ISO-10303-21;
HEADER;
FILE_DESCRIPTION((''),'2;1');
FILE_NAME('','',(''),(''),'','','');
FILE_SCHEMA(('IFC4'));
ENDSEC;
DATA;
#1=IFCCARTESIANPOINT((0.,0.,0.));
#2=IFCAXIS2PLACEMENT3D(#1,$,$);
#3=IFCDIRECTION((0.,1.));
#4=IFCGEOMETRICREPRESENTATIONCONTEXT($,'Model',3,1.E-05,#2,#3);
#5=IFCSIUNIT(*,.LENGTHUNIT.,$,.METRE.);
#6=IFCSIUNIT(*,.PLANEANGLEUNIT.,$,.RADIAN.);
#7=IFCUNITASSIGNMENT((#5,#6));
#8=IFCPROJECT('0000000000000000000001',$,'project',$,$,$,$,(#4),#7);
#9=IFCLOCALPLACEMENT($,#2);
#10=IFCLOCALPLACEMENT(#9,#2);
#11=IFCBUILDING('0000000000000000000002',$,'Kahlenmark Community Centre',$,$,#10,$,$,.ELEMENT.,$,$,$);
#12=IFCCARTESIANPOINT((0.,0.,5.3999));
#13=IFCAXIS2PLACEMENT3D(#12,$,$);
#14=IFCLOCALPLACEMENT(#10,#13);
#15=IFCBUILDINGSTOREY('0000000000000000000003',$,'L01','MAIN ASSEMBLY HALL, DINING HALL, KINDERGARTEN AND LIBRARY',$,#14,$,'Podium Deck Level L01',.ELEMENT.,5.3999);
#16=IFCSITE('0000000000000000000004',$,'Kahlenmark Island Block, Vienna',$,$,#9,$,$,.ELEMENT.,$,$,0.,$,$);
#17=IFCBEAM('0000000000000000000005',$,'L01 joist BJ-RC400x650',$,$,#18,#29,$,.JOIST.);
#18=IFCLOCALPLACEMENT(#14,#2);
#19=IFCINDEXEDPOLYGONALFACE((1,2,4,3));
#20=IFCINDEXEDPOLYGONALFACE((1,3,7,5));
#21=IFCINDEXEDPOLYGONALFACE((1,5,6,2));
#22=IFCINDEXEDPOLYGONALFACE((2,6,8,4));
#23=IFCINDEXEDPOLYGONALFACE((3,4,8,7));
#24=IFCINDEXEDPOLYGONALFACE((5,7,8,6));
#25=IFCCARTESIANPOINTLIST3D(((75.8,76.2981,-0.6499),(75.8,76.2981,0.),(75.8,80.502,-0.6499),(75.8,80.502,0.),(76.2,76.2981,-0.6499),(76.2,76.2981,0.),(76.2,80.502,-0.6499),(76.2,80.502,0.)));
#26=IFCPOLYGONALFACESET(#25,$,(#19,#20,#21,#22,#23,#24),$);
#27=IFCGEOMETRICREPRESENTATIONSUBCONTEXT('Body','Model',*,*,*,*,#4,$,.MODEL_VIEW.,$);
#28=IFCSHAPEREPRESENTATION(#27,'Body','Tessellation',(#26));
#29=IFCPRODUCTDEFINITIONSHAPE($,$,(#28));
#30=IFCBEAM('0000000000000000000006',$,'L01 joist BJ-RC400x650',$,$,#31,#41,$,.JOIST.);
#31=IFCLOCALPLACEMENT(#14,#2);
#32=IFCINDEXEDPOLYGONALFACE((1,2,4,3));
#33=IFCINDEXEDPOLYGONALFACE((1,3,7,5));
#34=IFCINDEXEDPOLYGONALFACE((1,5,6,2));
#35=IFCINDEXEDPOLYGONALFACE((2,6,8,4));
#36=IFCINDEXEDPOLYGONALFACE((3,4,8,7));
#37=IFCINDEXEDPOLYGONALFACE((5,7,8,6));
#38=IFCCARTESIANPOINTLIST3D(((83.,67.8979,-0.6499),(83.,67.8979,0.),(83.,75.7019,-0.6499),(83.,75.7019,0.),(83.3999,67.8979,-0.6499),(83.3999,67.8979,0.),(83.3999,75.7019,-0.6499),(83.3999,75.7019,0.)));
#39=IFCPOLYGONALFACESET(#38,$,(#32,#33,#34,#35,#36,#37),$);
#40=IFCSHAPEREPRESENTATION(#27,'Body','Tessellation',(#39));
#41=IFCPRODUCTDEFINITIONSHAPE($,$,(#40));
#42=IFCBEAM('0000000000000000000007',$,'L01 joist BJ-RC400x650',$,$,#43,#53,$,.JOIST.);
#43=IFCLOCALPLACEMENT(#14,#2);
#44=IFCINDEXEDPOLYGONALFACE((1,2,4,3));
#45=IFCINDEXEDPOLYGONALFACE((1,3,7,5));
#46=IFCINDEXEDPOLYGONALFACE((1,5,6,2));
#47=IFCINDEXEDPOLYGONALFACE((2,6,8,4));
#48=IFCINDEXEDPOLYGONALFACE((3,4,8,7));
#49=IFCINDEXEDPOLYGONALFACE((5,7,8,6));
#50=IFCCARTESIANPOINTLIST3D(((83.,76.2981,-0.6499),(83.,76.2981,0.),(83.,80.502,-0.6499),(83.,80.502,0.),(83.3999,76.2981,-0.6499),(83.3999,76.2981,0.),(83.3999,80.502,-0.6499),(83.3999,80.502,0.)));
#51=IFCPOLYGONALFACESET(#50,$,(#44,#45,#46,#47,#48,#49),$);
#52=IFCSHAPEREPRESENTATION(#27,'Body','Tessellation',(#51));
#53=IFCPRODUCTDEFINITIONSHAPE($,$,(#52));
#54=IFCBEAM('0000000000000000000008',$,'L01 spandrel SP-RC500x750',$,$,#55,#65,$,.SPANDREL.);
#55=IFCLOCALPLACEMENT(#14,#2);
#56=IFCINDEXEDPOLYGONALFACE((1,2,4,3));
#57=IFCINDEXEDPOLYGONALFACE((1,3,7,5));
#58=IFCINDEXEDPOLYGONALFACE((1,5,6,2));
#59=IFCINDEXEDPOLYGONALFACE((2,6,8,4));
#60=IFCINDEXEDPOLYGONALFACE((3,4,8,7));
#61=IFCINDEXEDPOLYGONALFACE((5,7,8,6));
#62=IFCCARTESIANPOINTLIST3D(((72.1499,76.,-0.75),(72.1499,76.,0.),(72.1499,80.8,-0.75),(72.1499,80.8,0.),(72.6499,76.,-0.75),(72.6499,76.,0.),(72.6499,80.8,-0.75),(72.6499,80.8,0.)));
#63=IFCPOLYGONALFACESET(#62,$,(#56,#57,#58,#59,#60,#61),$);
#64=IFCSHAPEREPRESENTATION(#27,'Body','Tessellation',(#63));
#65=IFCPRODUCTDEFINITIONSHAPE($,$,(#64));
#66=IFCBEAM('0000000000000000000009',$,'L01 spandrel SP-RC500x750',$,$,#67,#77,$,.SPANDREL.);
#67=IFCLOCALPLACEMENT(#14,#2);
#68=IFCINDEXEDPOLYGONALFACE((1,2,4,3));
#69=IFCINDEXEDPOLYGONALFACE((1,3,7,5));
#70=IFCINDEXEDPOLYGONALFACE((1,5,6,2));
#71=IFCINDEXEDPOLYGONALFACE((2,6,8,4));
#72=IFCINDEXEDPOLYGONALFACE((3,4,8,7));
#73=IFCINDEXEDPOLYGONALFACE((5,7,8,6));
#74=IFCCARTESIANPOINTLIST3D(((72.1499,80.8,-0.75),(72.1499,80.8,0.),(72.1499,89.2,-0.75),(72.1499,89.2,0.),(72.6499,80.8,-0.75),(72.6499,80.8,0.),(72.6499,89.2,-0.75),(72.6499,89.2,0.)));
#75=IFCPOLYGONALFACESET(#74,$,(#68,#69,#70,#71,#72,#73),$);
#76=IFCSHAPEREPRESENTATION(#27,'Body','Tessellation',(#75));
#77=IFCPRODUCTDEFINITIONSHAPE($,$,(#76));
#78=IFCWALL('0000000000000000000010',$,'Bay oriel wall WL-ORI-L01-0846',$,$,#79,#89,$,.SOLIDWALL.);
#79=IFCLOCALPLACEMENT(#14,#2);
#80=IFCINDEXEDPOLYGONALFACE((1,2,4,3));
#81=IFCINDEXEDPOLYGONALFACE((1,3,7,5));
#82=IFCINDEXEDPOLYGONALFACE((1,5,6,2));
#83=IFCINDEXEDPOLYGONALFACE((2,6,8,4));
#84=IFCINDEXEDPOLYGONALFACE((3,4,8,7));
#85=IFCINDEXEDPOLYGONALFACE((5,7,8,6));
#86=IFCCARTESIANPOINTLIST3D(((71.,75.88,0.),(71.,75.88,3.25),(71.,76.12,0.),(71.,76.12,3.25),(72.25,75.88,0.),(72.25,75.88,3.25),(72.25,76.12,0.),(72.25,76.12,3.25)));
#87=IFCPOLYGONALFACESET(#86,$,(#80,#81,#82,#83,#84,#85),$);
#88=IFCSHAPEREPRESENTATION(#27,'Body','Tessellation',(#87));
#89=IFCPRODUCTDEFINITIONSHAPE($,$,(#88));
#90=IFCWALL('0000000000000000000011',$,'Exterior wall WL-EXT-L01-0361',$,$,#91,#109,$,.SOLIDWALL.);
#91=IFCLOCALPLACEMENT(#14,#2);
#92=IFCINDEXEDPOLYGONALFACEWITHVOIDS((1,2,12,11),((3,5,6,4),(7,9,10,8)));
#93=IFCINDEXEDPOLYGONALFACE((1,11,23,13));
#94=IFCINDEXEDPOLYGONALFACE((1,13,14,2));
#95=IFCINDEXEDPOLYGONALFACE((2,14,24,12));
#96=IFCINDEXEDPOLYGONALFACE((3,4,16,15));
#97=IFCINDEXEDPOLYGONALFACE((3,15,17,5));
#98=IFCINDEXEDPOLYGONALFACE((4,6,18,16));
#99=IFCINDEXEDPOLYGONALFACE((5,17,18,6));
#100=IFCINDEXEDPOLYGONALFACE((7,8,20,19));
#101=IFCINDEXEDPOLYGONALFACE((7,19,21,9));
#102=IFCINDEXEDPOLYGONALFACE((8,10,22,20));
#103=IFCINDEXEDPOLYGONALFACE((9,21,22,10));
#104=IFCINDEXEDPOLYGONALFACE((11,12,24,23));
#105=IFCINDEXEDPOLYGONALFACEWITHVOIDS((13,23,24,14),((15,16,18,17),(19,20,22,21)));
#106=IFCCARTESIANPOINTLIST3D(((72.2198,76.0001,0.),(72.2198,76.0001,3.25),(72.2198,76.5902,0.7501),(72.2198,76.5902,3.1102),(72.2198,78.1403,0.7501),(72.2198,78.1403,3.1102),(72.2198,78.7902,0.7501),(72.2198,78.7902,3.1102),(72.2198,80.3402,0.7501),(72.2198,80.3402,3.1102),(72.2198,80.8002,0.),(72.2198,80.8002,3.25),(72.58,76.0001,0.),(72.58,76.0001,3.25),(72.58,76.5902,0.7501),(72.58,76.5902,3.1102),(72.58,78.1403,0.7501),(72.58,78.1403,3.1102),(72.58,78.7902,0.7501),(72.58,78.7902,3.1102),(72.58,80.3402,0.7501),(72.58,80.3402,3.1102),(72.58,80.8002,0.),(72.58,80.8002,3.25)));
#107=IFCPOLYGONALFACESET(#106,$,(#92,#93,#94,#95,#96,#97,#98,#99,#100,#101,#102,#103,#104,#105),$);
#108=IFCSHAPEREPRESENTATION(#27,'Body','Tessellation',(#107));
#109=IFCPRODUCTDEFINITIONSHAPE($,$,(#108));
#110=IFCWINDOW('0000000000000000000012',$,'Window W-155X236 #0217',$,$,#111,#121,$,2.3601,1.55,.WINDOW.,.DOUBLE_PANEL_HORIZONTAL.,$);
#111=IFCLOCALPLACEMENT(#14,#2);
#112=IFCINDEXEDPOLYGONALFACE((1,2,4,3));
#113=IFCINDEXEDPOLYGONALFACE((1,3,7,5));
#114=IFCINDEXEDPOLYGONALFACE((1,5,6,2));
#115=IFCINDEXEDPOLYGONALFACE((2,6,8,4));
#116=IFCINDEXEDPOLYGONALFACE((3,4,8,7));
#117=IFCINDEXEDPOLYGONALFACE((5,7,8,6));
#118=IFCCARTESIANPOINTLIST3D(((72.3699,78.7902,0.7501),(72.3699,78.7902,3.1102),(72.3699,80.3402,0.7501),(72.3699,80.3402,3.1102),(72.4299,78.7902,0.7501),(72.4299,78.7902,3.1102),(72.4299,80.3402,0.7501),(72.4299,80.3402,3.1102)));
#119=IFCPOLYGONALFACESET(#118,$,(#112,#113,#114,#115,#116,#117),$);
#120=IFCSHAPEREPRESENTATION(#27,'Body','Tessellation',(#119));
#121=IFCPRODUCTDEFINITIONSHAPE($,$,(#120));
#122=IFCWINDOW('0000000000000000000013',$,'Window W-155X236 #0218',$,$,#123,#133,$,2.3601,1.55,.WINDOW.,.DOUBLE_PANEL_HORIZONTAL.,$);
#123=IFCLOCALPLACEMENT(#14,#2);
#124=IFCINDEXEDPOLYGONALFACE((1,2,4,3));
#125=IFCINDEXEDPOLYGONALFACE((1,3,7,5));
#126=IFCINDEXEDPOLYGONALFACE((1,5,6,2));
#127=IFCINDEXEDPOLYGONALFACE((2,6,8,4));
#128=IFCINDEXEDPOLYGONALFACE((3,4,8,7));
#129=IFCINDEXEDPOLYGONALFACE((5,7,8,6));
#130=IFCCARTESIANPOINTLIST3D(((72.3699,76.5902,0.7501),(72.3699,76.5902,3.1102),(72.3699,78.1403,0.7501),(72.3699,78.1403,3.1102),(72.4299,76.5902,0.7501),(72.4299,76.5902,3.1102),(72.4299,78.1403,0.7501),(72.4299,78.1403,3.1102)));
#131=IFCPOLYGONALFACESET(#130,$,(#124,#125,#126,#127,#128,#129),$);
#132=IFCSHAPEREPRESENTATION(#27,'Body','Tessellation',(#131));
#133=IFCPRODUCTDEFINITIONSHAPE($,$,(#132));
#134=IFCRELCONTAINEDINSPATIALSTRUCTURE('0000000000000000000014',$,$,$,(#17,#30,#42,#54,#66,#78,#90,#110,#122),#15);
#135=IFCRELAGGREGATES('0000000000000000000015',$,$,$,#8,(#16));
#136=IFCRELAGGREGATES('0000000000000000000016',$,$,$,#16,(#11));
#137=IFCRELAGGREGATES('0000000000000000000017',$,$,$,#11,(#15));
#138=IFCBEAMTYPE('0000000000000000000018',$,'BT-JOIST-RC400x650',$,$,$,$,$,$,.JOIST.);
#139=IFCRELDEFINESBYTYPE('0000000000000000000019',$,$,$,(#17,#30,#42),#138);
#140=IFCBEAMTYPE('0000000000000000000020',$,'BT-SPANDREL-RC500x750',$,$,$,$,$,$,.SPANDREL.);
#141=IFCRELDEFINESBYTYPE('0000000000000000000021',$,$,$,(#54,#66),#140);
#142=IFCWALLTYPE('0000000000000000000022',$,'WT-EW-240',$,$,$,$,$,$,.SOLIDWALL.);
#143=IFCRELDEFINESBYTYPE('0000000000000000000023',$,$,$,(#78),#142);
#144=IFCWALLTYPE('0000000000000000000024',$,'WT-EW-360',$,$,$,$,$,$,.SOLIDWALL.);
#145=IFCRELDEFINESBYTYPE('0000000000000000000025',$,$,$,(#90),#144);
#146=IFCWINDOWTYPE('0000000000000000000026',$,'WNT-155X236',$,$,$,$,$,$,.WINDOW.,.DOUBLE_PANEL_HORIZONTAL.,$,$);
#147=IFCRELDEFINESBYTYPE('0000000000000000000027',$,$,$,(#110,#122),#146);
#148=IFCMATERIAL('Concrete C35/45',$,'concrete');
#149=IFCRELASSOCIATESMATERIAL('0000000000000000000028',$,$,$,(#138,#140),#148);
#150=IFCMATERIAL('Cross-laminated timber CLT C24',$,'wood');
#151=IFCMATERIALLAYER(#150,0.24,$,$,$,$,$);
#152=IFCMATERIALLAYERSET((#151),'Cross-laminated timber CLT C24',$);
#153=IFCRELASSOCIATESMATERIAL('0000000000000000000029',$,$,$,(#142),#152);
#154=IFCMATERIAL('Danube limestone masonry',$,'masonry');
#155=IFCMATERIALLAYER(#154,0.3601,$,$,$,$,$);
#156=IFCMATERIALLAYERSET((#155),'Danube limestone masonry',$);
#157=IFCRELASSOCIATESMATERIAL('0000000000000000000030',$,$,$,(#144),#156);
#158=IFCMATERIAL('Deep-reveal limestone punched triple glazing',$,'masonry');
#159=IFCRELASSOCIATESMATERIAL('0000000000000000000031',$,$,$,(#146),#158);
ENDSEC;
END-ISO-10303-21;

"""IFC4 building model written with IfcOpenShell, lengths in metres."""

from ifc_helpers import new_model, si_unit, direction, frame, frame_2d, origin, origin_2d, place, context, subcontext, project, spatial, rectangle, extrude, material, layer, layer_set, material_profile, profile_set, type_object, element, fill, save


model = new_model("IFC4")

# Units and contexts
model_context = context("Model", 3, precision=1e-05, world=origin(), true_north=direction((0.0, 1.0)))
body_context = subcontext(model_context, "Body", "Model", "MODEL_VIEW")
ifc_project = project(units=[si_unit("LENGTHUNIT", "METRE"), si_unit("PLANEANGLEUNIT", "RADIAN")], contexts=[model_context])

# Site, building, storey
site_placement = place(None, origin())
site = spatial("IfcSite", under=ifc_project, at=site_placement, Name="Kahlenmark Island Block, Vienna", CompositionType="ELEMENT", RefElevation=0.0)
building_placement = place(site_placement, origin())
building = spatial("IfcBuilding", under=site, at=building_placement, Name="Kahlenmark Community Centre", CompositionType="ELEMENT")
storey_placement = place(building_placement, frame((0.0, 0.0, 5.3999)))
storey = spatial("IfcBuildingStorey", under=building, at=storey_placement, Name="L01", Description="MAIN ASSEMBLY HALL, DINING HALL, KINDERGARTEN AND LIBRARY", LongName="Podium Deck Level L01", CompositionType="ELEMENT", Elevation=5.3999)

# Beams
ifc_material_1 = material(Name="Concrete C35/45", Category="concrete")
ifc_material_profile_1 = material_profile(ifc_material_1, rectangle(XDim=0.3999, YDim=0.6499, at=origin_2d()), Name="RC 400x650")
ifc_profile_set_1 = profile_set([ifc_material_profile_1], Name="Concrete C35/45")
beam_type_1 = type_object("IfcBeamType", Name="BT-JOIST-RC400x650", PredefinedType="JOIST", material=ifc_profile_set_1)
beam_1_placement = place(storey_placement, frame((76.0, 76.2981, -0.325), z_axis=(0.0, 1.0, 0.0), x_axis=(-1.0, 0.0, 0.0)))
element("IfcBeam", 1, at=beam_1_placement, inside=storey, type_object=beam_type_1, Name="L01 joist BJ-RC400x650", PredefinedType="JOIST", context=body_context, shape_type="SweptSolid", body=[
    extrude(rectangle(XDim=0.3999, YDim=0.6499, at=origin_2d()), origin(), (0.0, 0.0, 1.0), 4.2039),
])
beam_2_placement = place(storey_placement, frame((83.2, 67.8979, -0.325), z_axis=(0.0, 1.0, 0.0), x_axis=(-1.0, 0.0, 0.0)))
element("IfcBeam", 2, at=beam_2_placement, inside=storey, type_object=beam_type_1, Name="L01 joist BJ-RC400x650", PredefinedType="JOIST", context=body_context, shape_type="SweptSolid", body=[
    extrude(rectangle(XDim=0.3999, YDim=0.6499, at=origin_2d()), origin(), (0.0, 0.0, 1.0), 7.804),
])
beam_3_placement = place(storey_placement, frame((83.2, 76.2981, -0.325), z_axis=(0.0, 1.0, 0.0), x_axis=(-1.0, 0.0, 0.0)))
element("IfcBeam", 3, at=beam_3_placement, inside=storey, type_object=beam_type_1, Name="L01 joist BJ-RC400x650", PredefinedType="JOIST", context=body_context, shape_type="SweptSolid", body=[
    extrude(rectangle(XDim=0.3999, YDim=0.6499, at=origin_2d()), origin(), (0.0, 0.0, 1.0), 4.2039),
])
ifc_material_profile_2 = material_profile(ifc_material_1, rectangle(XDim=0.5, YDim=0.75, at=origin_2d()), Name="RC 500x750")
ifc_profile_set_2 = profile_set([ifc_material_profile_2], Name="Concrete C35/45")
beam_type_2 = type_object("IfcBeamType", Name="BT-SPANDREL-RC500x750", PredefinedType="SPANDREL", material=ifc_profile_set_2)
beam_4_placement = place(storey_placement, frame((72.3999, 76.0, -0.375), z_axis=(0.0, 1.0, 0.0), x_axis=(-1.0, 0.0, 0.0)))
element("IfcBeam", 4, at=beam_4_placement, inside=storey, type_object=beam_type_2, Name="L01 spandrel SP-RC500x750", PredefinedType="SPANDREL", context=body_context, shape_type="SweptSolid", body=[
    extrude(rectangle(XDim=0.5, YDim=0.75, at=origin_2d()), origin(), (0.0, 0.0, 1.0), 4.8),
])
beam_5_placement = place(storey_placement, frame((72.3999, 80.8, -0.375), z_axis=(0.0, 1.0, 0.0), x_axis=(-1.0, 0.0, 0.0)))
element("IfcBeam", 5, at=beam_5_placement, inside=storey, type_object=beam_type_2, Name="L01 spandrel SP-RC500x750", PredefinedType="SPANDREL", context=body_context, shape_type="SweptSolid", body=[
    extrude(rectangle(XDim=0.5, YDim=0.75, at=origin_2d()), origin(), (0.0, 0.0, 1.0), 8.3999),
])

# Wall
ifc_material_2 = material(Name="Cross-laminated timber CLT C24", Category="wood")
ifc_layer_1 = layer(ifc_material_2, 0.24)
ifc_layer_set_1 = layer_set([ifc_layer_1], Name="Cross-laminated timber CLT C24")
wall_type_1 = type_object("IfcWallType", Name="WT-EW-240", PredefinedType="SOLIDWALL", material=ifc_layer_set_1)
wall_1_placement = place(storey_placement, frame((71.0, 76.0, 0.0), z_axis=(0.0, 0.0, 1.0), x_axis=(1.0, 0.0, 0.0)))
element("IfcWall", 6, at=wall_1_placement, inside=storey, type_object=wall_type_1, Name="Bay oriel wall WL-ORI-L01-0846", PredefinedType="SOLIDWALL", context=body_context, shape_type="SweptSolid", body=[
    extrude(rectangle(XDim=1.25, YDim=0.24, at=frame_2d((0.625, 0.0))), origin(), (0.0, 0.0, 1.0), 3.25),
])

# Wall, openings, windows
ifc_material_3 = material(Name="Danube limestone masonry", Category="masonry")
ifc_layer_2 = layer(ifc_material_3, 0.3601)
ifc_layer_set_2 = layer_set([ifc_layer_2], Name="Danube limestone masonry")
wall_type_2 = type_object("IfcWallType", Name="WT-EW-360", PredefinedType="SOLIDWALL", material=ifc_layer_set_2)
wall_2_placement = place(storey_placement, frame((72.3999, 80.8, 0.0), z_axis=(0.0, 0.0, 1.0), x_axis=(0.0, -1.0, 0.0)))
wall_2 = element("IfcWall", 7, at=wall_2_placement, inside=storey, type_object=wall_type_2, Name="Exterior wall WL-EXT-L01-0361", PredefinedType="SOLIDWALL", context=body_context, shape_type="SweptSolid", body=[
    extrude(rectangle(XDim=4.8, YDim=0.3601, at=frame_2d((2.3999, 0.0))), origin(), (0.0, 0.0, 1.0), 3.25),
])
opening_1_placement = place(wall_2_placement, frame((0.46, 0.0, 0.75)))
opening_1 = element("IfcOpeningElement", 8, at=opening_1_placement, cuts=wall_2, PredefinedType="OPENING", context=body_context, shape_type="SweptSolid", body=[
    extrude(rectangle(XDim=1.55, YDim=2.3601, at=frame_2d((0.7749, 1.1802))), frame((0.0, 0.1899, 0.0), z_axis=(0.0, -1.0, 0.0), x_axis=(1.0, 0.0, 0.0)), (0.0, 0.0, 1.0), 0.3801),
])
opening_2_placement = place(wall_2_placement, frame((2.6599, 0.0, 0.75)))
opening_2 = element("IfcOpeningElement", 9, at=opening_2_placement, cuts=wall_2, PredefinedType="OPENING", context=body_context, shape_type="SweptSolid", body=[
    extrude(rectangle(XDim=1.55, YDim=2.3601, at=frame_2d((0.7749, 1.1802))), frame((0.0, 0.1899, 0.0), z_axis=(0.0, -1.0, 0.0), x_axis=(1.0, 0.0, 0.0)), (0.0, 0.0, 1.0), 0.3801),
])
ifc_material_4 = material(Name="Deep-reveal limestone punched triple glazing", Category="masonry")
window_type = type_object("IfcWindowType", Name="WNT-155X236", PartitioningType="DOUBLE_PANEL_HORIZONTAL", PredefinedType="WINDOW", material=ifc_material_4)
window_1_placement = place(opening_1_placement, origin())
window_1 = element("IfcWindow", 10, at=window_1_placement, inside=storey, type_object=window_type, Name="Window W-155X236 #0217", OverallHeight=2.3601, OverallWidth=1.55, PartitioningType="DOUBLE_PANEL_HORIZONTAL", PredefinedType="WINDOW", context=body_context, shape_type="SweptSolid", body=[
    extrude(rectangle(XDim=1.55, YDim=2.3601, at=frame_2d((0.7749, 1.1802))), frame((0.0, 0.03, 0.0), z_axis=(0.0, -1.0, 0.0), x_axis=(1.0, 0.0, 0.0)), (0.0, 0.0, 1.0), 0.0601),
])
fill(opening_1, window_1)
window_2_placement = place(opening_2_placement, origin())
window_2 = element("IfcWindow", 11, at=window_2_placement, inside=storey, type_object=window_type, Name="Window W-155X236 #0218", OverallHeight=2.3601, OverallWidth=1.55, PartitioningType="DOUBLE_PANEL_HORIZONTAL", PredefinedType="WINDOW", context=body_context, shape_type="SweptSolid", body=[
    extrude(rectangle(XDim=1.55, YDim=2.3601, at=frame_2d((0.7749, 1.1802))), frame((0.0, 0.03, 0.0), z_axis=(0.0, -1.0, 0.0), x_axis=(1.0, 0.0, 0.0)), (0.0, 0.0, 1.0), 0.0601),
])
fill(opening_2, window_2)

save(model, "model.ifc")
